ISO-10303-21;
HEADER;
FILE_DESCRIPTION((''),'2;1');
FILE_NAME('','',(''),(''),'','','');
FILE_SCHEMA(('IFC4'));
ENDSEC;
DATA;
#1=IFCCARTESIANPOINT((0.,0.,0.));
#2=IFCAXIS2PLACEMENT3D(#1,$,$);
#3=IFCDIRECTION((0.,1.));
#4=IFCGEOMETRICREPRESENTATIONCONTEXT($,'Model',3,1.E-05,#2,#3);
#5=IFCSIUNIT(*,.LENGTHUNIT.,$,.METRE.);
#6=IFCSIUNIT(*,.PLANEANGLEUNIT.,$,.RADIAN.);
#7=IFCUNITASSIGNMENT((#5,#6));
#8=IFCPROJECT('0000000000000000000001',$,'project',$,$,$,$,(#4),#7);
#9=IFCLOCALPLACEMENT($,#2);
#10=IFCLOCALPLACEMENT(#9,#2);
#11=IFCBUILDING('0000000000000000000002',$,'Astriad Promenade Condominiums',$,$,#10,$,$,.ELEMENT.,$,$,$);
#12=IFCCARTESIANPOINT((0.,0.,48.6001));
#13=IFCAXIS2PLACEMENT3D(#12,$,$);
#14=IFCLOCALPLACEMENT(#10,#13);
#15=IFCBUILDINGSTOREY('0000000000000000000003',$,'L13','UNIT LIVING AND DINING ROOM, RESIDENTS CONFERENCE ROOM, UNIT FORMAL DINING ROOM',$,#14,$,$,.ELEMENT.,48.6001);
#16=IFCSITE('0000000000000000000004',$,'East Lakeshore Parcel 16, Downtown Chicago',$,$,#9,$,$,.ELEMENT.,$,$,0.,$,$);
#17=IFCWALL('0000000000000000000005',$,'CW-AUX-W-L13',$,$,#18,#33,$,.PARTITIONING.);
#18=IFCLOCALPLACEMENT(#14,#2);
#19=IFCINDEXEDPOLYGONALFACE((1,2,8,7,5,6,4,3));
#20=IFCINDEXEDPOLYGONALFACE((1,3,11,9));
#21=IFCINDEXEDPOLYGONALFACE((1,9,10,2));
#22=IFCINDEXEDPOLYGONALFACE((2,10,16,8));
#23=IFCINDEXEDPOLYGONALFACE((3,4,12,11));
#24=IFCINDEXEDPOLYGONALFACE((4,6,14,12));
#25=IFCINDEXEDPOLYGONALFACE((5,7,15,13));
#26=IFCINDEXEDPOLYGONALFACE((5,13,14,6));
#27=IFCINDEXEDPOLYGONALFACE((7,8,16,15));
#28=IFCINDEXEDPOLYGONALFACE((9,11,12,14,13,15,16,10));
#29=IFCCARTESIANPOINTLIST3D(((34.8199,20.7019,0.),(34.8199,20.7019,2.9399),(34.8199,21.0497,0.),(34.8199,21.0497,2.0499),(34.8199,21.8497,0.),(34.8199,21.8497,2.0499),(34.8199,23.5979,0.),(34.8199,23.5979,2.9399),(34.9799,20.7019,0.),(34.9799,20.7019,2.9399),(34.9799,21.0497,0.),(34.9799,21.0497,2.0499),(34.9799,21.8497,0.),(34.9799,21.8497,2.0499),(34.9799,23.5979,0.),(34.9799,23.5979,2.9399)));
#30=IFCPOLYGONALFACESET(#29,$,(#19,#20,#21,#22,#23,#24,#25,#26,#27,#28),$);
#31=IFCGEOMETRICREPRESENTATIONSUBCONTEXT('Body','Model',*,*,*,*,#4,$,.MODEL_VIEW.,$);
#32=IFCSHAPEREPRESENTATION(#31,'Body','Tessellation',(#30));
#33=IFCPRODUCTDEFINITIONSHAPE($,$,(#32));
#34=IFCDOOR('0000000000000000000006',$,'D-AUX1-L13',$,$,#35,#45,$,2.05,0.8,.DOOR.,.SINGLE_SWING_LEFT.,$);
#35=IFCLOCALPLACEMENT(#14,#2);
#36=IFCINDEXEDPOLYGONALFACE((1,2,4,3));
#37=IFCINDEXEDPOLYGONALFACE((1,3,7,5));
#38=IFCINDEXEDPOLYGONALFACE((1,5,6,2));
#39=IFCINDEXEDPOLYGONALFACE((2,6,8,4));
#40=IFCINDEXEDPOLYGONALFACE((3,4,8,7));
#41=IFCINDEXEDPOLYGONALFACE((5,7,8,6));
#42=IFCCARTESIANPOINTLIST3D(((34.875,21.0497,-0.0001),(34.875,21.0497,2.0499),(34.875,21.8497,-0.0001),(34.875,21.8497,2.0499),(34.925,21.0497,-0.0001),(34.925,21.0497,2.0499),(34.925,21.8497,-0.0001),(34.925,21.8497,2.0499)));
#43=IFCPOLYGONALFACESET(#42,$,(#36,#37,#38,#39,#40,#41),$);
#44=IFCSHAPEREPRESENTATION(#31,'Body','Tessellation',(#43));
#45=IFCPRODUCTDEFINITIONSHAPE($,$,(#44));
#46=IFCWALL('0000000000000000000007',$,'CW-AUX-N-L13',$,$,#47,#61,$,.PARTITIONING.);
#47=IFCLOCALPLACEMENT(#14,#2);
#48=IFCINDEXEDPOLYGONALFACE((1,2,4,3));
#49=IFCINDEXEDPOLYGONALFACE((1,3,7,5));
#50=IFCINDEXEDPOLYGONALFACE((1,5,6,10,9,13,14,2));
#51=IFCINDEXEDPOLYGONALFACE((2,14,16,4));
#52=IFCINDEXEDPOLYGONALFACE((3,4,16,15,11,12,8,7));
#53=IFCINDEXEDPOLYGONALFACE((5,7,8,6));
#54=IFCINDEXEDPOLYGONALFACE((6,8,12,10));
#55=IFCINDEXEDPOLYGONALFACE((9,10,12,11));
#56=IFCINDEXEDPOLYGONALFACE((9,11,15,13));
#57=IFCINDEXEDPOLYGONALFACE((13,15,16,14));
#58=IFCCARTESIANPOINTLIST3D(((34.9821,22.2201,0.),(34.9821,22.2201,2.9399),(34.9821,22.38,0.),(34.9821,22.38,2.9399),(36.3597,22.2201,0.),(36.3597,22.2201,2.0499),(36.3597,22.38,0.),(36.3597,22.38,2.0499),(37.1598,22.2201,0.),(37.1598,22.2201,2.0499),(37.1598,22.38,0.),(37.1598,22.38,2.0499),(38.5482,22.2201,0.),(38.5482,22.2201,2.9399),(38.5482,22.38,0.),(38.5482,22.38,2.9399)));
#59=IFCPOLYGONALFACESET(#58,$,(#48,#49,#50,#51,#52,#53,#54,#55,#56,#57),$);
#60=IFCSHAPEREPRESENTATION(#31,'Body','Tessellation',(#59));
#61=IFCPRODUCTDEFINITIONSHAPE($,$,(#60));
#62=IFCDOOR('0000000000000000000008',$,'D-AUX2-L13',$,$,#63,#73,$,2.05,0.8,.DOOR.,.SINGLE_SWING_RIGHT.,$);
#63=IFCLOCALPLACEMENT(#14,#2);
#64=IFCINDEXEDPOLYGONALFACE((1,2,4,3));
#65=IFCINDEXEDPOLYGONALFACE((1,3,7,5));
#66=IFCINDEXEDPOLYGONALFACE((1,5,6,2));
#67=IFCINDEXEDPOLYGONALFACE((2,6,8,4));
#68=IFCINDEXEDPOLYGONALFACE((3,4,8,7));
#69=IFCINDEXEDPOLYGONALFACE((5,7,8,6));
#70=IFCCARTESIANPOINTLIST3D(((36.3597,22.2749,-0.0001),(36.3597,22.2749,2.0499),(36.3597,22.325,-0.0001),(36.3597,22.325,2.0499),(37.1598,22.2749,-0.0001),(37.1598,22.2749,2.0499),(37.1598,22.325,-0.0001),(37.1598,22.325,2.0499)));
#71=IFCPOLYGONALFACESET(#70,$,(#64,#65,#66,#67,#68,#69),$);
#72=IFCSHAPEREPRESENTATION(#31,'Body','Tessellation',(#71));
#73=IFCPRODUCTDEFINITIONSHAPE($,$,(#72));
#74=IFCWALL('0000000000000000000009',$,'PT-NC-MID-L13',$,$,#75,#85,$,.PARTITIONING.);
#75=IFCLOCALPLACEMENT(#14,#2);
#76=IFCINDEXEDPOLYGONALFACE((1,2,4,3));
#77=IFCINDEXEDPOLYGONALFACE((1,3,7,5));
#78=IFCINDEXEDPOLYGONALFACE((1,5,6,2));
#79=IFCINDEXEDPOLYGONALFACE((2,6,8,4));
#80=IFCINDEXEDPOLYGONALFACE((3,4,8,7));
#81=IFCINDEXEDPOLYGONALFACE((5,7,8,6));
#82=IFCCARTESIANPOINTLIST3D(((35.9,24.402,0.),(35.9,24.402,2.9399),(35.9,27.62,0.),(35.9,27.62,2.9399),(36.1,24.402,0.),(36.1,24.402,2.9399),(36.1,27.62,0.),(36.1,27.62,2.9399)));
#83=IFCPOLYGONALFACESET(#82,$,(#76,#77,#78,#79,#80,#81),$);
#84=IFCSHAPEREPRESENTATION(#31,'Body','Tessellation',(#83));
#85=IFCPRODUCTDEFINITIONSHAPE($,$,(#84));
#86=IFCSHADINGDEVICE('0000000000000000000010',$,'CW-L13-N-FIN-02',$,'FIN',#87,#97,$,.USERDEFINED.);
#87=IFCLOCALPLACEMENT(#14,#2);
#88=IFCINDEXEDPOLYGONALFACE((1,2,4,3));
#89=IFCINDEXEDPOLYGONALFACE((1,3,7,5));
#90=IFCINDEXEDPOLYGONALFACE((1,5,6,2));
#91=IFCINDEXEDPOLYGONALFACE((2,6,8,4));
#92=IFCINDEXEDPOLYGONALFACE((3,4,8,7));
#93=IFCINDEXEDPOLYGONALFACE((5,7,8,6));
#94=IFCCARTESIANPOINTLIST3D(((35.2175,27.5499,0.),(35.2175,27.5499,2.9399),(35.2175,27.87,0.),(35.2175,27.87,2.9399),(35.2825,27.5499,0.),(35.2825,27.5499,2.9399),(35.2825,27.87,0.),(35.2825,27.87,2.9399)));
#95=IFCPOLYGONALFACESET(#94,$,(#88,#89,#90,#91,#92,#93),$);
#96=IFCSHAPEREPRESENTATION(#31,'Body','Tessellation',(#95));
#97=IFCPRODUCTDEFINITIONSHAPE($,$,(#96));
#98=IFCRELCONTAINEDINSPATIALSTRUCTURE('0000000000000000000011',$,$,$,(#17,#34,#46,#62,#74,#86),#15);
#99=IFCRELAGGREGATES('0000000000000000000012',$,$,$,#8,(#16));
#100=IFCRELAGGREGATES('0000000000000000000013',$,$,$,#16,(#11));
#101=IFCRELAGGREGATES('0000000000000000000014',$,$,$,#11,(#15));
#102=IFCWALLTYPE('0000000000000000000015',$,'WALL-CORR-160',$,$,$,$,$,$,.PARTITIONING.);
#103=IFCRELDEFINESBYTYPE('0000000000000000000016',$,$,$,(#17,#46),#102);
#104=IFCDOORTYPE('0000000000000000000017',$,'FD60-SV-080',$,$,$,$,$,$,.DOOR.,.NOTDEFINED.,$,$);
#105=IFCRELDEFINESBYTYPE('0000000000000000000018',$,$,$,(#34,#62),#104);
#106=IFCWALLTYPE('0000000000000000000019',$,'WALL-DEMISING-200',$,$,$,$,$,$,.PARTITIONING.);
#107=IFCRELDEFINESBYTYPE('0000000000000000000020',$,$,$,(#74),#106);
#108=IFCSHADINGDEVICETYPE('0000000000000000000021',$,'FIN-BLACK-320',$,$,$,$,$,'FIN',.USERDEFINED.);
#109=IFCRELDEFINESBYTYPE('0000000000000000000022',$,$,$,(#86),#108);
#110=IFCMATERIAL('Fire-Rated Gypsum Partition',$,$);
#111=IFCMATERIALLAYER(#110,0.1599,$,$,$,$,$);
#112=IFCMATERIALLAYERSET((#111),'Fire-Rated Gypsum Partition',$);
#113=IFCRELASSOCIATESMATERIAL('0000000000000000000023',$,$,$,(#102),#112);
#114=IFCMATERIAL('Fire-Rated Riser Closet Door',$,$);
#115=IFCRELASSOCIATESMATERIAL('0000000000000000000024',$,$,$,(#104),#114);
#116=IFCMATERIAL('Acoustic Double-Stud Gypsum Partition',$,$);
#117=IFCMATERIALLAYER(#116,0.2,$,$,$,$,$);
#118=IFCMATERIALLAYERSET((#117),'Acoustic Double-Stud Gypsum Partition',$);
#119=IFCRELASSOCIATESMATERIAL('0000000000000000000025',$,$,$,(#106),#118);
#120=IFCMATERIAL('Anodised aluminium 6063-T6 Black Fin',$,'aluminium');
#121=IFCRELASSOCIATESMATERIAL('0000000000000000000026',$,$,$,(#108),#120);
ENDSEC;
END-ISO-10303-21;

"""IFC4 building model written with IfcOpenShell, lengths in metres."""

from ifc_helpers import new_model, si_unit, direction, frame, frame_2d, origin, origin_2d, place, context, subcontext, project, spatial, rectangle, extrude, source, transform, mapped, material, layer, layer_set, type_object, type_shapes, element, fill, save


model = new_model("IFC4")

# Units and contexts
model_context = context("Model", 3, precision=1e-05, world=origin(), true_north=direction((0.0, 1.0)))
body_context = subcontext(model_context, "Body", "Model", "MODEL_VIEW")
ifc_project = project(units=[si_unit("LENGTHUNIT", "METRE"), si_unit("PLANEANGLEUNIT", "RADIAN")], contexts=[model_context])

# Site, building, storey
site_placement = place(None, origin())
site = spatial("IfcSite", under=ifc_project, at=site_placement, Name="East Lakeshore Parcel 16, Downtown Chicago", CompositionType="ELEMENT", RefElevation=0.0)
building_placement = place(site_placement, origin())
building = spatial("IfcBuilding", under=site, at=building_placement, Name="Astriad Promenade Condominiums", CompositionType="ELEMENT")
storey_placement = place(building_placement, frame((0.0, 0.0, 48.6001)))
storey = spatial("IfcBuildingStorey", under=building, at=storey_placement, Name="L13", Description="UNIT LIVING AND DINING ROOM, RESIDENTS CONFERENCE ROOM, UNIT FORMAL DINING ROOM", CompositionType="ELEMENT", Elevation=48.6001)

# Shared definitions
ifc_material_1 = material(Name="Fire-Rated Gypsum Partition")
ifc_layer_1 = layer(ifc_material_1, 0.1599)
ifc_layer_set_1 = layer_set([ifc_layer_1], Name="Fire-Rated Gypsum Partition")
wall_type_1 = type_object("IfcWallType", Name="WALL-CORR-160", PredefinedType="PARTITIONING", material=ifc_layer_set_1)

# Walls, openings, doors
wall_1_placement = place(storey_placement, frame((34.8999, 20.7019, 0.0), z_axis=(0.0, 0.0, 1.0), x_axis=(0.0, 1.0, 0.0)))
wall_1 = element("IfcWall", 1, at=wall_1_placement, inside=storey, type_object=wall_type_1, Name="CW-AUX-W-L13", PredefinedType="PARTITIONING", context=body_context, shape_type="SweptSolid", body=[
    extrude(rectangle(XDim=2.896, YDim=0.1599, at=frame_2d((1.448, 0.0))), origin(), (0.0, 0.0, 1.0), 2.9399),
])
opening_1_placement = place(wall_1_placement, frame((0.3479, 0.0, 0.0)))
opening_1 = element("IfcOpeningElement", 2, at=opening_1_placement, cuts=wall_1, PredefinedType="OPENING", context=body_context, shape_type="SweptSolid", body=[
    extrude(rectangle(XDim=0.8, YDim=2.05, at=frame_2d((0.3999, 1.0249))), frame((0.0, 0.0898, 0.0), z_axis=(0.0, -1.0, 0.0), x_axis=(1.0, 0.0, 0.0)), (0.0, 0.0, 1.0), 0.1799),
])
ifc_material_2 = material(Name="Fire-Rated Riser Closet Door")
door_type_1 = type_object("IfcDoorType", Name="FD60-SV-080", OperationType="NOTDEFINED", PredefinedType="DOOR", material=ifc_material_2)
shared_shape_1 = source(origin(), body_context, "Body", "SweptSolid", [
    extrude(rectangle(XDim=0.8, YDim=2.05, at=frame_2d((0.3999, 1.0249))), frame((0.0, 0.0249, 0.0), z_axis=(0.0, -1.0, 0.0), x_axis=(1.0, 0.0, 0.0)), (0.0, 0.0, 1.0), 0.05),
])
type_shapes(door_type_1, [shared_shape_1])
door_1_placement = place(opening_1_placement, origin())
door_1 = element("IfcDoor", 3, at=door_1_placement, inside=storey, type_object=door_type_1, Name="D-AUX1-L13", OperationType="SINGLE_SWING_LEFT", OverallHeight=2.05, OverallWidth=0.8, PredefinedType="DOOR", context=body_context, shape_type="MappedRepresentation", body=[
    mapped(shared_shape_1, transform((0.0, 0.0, 0.0), scale=1.0)),
])
fill(opening_1, door_1)
wall_2_placement = place(storey_placement, frame((34.9819, 22.3, 0.0), z_axis=(0.0, 0.0, 1.0), x_axis=(1.0, 0.0, 0.0)))
wall_2 = element("IfcWall", 4, at=wall_2_placement, inside=storey, type_object=wall_type_1, Name="CW-AUX-N-L13", PredefinedType="PARTITIONING", context=body_context, shape_type="SweptSolid", body=[
    extrude(rectangle(XDim=3.5662, YDim=0.1599, at=frame_2d((1.7832, 0.0))), origin(), (0.0, 0.0, 1.0), 2.9399),
])
opening_2_placement = place(wall_2_placement, frame((1.3779, 0.0, 0.0)))
opening_2 = element("IfcOpeningElement", 5, at=opening_2_placement, cuts=wall_2, PredefinedType="OPENING", context=body_context, shape_type="SweptSolid", body=[
    extrude(rectangle(XDim=0.8, YDim=2.05, at=frame_2d((0.3999, 1.0249))), frame((0.0, 0.0898, 0.0), z_axis=(0.0, -1.0, 0.0), x_axis=(1.0, 0.0, 0.0)), (0.0, 0.0, 1.0), 0.1799),
])
door_2_placement = place(opening_2_placement, origin())
door_2 = element("IfcDoor", 6, at=door_2_placement, inside=storey, type_object=door_type_1, Name="D-AUX2-L13", OperationType="SINGLE_SWING_RIGHT", OverallHeight=2.05, OverallWidth=0.8, PredefinedType="DOOR", context=body_context, shape_type="MappedRepresentation", body=[
    mapped(shared_shape_1, transform((0.0, 0.0, 0.0), scale=1.0)),
])
fill(opening_2, door_2)

# Wall
ifc_material_3 = material(Name="Acoustic Double-Stud Gypsum Partition")
ifc_layer_2 = layer(ifc_material_3, 0.2)
ifc_layer_set_2 = layer_set([ifc_layer_2], Name="Acoustic Double-Stud Gypsum Partition")
wall_type_2 = type_object("IfcWallType", Name="WALL-DEMISING-200", PredefinedType="PARTITIONING", material=ifc_layer_set_2)
wall_3_placement = place(storey_placement, frame((36.0, 24.4021, 0.0), z_axis=(0.0, 0.0, 1.0), x_axis=(0.0, 1.0, 0.0)))
element("IfcWall", 7, at=wall_3_placement, inside=storey, type_object=wall_type_2, Name="PT-NC-MID-L13", PredefinedType="PARTITIONING", context=body_context, shape_type="SweptSolid", body=[
    extrude(rectangle(XDim=3.218, YDim=0.2, at=frame_2d((1.6089, 0.0))), origin(), (0.0, 0.0, 1.0), 2.9399),
])

# Shading device
ifc_material_4 = material(Name="Anodised aluminium 6063-T6 Black Fin", Category="aluminium")
shading_device_type = type_object("IfcShadingDeviceType", Name="FIN-BLACK-320", ElementType="FIN", PredefinedType="USERDEFINED", material=ifc_material_4)
shared_shape_2 = source(origin(), body_context, "Body", "SweptSolid", [
    extrude(rectangle(XDim=0.0649, YDim=0.3201, at=origin_2d()), origin(), (0.0, 0.0, 1.0), 2.9399),
])
type_shapes(shading_device_type, [shared_shape_2])
shading_device_placement = place(storey_placement, frame((35.25, 27.71, 0.0), z_axis=(0.0, 0.0, 1.0), x_axis=(1.0, 0.0, 0.0)))
element("IfcShadingDevice", 8, at=shading_device_placement, inside=storey, type_object=shading_device_type, Name="CW-L13-N-FIN-02", ObjectType="FIN", PredefinedType="USERDEFINED", context=body_context, shape_type="MappedRepresentation", body=[
    mapped(shared_shape_2, transform((0.0, 0.0, 0.0), scale=1.0)),
])

save(model, "model.ifc")
